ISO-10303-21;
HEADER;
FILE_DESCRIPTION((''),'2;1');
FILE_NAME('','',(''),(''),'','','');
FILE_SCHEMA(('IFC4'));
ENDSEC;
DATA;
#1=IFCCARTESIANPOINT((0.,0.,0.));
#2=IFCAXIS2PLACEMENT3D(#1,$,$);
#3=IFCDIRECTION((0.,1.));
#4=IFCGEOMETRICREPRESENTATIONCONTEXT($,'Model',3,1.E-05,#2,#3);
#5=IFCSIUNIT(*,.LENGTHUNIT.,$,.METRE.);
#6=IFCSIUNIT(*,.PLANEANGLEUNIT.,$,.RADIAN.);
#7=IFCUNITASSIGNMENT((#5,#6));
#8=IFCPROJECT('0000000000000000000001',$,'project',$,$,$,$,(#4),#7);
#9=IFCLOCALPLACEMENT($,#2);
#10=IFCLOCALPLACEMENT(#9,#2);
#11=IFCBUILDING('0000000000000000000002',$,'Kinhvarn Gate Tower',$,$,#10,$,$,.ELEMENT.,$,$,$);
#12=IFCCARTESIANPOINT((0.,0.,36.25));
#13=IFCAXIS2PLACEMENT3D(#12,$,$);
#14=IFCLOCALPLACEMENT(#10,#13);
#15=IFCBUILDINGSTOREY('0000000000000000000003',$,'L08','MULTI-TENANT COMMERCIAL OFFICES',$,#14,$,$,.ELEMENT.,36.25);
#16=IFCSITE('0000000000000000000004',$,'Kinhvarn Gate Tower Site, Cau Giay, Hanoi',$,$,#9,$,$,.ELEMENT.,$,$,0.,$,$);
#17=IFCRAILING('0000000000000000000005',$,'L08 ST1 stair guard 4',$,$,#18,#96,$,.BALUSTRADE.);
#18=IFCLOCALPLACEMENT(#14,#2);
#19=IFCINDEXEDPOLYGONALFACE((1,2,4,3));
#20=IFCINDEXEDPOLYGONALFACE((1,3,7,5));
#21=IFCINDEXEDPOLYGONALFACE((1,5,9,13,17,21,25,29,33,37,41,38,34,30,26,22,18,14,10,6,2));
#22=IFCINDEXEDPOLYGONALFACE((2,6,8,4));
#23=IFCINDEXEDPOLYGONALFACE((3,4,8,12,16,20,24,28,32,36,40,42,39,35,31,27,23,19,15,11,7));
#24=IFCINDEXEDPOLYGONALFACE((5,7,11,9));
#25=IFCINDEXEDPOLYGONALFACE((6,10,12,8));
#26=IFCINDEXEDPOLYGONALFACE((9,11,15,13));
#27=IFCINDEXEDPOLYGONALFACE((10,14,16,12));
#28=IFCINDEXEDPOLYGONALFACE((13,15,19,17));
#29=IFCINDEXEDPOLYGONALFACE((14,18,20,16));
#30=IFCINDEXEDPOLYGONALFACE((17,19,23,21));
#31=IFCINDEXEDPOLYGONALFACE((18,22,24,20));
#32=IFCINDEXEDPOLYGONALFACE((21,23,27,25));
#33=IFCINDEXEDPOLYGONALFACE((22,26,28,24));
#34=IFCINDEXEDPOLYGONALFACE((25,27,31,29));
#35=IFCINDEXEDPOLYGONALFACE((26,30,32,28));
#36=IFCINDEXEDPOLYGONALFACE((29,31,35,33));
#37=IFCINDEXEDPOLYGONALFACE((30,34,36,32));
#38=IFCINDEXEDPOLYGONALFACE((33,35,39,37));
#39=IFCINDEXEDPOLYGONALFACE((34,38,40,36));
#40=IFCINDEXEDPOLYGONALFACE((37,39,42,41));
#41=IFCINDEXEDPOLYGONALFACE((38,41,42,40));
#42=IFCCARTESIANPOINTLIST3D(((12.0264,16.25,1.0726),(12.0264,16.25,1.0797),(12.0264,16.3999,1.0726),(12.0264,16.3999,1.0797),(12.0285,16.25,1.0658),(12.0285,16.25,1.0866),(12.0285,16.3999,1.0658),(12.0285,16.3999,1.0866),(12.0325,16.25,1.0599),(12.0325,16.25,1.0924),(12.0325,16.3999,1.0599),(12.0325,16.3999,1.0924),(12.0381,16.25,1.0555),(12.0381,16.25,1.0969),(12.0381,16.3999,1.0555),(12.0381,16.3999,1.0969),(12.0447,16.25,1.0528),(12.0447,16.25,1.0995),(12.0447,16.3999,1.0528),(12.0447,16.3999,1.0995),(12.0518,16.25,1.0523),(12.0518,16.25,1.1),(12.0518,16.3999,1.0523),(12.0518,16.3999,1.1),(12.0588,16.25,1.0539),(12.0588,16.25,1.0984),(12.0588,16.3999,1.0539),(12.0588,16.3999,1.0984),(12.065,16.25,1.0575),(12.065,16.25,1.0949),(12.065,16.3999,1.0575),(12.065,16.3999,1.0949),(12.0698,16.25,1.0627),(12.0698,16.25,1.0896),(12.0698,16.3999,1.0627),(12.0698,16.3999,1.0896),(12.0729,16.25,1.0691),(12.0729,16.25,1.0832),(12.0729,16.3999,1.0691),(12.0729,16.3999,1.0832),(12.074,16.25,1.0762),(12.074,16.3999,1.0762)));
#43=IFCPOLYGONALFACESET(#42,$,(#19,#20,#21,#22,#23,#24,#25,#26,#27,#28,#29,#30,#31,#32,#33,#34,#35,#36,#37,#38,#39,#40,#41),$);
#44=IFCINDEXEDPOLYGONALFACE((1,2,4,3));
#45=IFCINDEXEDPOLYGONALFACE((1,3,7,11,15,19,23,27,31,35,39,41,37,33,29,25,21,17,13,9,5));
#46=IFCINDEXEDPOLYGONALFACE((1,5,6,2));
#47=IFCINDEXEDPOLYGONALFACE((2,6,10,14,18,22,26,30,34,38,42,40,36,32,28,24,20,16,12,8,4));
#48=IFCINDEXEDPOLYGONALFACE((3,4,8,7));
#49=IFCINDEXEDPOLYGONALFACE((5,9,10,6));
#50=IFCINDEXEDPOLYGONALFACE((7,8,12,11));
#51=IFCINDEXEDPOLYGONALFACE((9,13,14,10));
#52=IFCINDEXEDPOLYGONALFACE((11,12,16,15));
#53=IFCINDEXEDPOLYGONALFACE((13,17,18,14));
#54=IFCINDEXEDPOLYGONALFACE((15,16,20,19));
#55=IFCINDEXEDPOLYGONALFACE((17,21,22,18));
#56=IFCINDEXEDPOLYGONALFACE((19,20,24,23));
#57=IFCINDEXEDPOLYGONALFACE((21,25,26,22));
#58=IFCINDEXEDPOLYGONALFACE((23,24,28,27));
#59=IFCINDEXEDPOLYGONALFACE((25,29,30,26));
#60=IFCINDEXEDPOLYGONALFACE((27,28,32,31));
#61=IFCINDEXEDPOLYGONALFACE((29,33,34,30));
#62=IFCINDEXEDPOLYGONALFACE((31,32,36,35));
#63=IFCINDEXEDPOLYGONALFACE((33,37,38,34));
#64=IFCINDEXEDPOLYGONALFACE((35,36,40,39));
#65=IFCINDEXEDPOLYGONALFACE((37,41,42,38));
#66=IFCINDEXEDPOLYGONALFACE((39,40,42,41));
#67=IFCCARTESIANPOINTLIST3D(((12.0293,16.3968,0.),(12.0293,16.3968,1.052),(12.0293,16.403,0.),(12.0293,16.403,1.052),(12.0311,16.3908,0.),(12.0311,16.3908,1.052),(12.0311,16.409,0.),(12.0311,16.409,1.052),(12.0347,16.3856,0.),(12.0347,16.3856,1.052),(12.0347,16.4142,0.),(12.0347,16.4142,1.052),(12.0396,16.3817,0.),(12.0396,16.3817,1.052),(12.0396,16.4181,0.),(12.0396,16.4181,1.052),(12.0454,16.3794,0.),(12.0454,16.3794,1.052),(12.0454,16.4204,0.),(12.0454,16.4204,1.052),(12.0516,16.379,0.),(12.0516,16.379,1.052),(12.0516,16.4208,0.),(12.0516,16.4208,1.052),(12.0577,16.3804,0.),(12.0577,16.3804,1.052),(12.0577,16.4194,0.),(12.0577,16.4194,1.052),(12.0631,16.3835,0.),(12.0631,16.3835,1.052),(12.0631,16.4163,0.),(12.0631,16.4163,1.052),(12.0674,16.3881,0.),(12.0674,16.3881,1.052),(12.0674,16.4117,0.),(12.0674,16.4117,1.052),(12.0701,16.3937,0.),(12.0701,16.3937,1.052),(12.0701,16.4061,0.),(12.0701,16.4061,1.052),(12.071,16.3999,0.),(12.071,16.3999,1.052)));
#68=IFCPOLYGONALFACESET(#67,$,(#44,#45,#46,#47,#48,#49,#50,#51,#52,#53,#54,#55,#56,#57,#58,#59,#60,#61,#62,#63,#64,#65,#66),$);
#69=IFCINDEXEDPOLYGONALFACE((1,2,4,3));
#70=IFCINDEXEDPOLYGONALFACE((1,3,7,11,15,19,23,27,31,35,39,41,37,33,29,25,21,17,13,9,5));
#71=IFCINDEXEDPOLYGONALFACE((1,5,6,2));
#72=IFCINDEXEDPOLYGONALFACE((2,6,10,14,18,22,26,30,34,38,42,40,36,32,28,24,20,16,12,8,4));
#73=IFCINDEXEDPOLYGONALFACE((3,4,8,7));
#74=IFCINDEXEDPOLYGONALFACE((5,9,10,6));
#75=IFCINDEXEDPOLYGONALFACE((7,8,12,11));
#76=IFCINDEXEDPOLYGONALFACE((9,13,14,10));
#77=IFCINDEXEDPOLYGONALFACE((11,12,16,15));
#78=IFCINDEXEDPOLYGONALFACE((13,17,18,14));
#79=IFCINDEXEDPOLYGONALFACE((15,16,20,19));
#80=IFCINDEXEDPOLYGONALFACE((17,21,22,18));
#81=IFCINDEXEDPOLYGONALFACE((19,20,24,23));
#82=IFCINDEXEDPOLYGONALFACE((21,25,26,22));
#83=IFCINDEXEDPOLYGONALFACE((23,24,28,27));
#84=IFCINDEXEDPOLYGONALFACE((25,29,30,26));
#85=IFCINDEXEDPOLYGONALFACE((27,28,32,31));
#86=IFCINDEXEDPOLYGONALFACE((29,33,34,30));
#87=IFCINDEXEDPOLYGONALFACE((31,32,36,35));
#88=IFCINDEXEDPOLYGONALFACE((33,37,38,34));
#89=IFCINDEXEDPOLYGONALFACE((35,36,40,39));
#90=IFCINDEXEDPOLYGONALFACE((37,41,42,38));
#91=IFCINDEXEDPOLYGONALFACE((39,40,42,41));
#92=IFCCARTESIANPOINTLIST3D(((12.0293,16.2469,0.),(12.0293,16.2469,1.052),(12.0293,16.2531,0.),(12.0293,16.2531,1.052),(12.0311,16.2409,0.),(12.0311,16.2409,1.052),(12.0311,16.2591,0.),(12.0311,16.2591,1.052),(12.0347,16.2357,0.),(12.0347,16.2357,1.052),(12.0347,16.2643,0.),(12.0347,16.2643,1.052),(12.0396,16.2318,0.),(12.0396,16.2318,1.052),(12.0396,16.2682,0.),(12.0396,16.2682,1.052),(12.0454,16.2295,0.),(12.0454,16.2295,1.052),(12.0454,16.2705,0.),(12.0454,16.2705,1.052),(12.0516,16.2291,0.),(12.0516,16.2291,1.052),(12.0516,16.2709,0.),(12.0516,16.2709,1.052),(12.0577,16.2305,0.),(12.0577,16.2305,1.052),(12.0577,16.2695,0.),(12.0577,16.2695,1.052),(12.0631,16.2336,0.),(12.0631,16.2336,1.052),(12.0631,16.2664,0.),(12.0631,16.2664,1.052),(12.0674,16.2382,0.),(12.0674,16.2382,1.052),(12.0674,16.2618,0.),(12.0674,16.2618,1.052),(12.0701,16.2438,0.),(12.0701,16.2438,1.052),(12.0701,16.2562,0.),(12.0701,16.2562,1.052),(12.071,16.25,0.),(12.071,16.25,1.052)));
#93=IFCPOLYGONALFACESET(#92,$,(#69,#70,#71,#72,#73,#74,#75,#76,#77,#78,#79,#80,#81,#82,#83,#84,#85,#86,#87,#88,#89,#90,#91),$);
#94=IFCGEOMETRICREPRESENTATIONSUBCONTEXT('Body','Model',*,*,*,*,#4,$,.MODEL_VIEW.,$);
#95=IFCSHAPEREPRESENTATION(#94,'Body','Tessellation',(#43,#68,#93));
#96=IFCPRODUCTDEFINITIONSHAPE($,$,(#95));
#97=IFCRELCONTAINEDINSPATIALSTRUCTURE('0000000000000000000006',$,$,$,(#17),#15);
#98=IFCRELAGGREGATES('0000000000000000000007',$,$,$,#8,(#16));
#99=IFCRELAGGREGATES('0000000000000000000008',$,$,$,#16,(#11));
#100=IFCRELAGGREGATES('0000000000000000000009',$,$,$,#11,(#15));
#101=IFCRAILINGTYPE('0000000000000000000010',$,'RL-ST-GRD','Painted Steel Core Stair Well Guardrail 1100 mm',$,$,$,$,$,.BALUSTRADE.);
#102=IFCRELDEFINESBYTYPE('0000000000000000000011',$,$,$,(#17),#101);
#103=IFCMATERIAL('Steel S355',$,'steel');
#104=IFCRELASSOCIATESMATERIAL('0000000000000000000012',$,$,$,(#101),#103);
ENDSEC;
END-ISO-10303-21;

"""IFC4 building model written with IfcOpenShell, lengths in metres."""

from ifc_helpers import new_model, si_unit, direction, frame, origin, origin_2d, place, context, subcontext, project, spatial, circle, extrude, material, type_object, element, save


model = new_model("IFC4")

# Units and contexts
model_context = context("Model", 3, precision=1e-05, world=origin(), true_north=direction((0.0, 1.0)))
body_context = subcontext(model_context, "Body", "Model", "MODEL_VIEW")
ifc_project = project(units=[si_unit("LENGTHUNIT", "METRE"), si_unit("PLANEANGLEUNIT", "RADIAN")], contexts=[model_context])

# Site, building, storey
site_placement = place(None, origin())
site = spatial("IfcSite", under=ifc_project, at=site_placement, Name="Kinhvarn Gate Tower Site, Cau Giay, Hanoi", CompositionType="ELEMENT", RefElevation=0.0)
building_placement = place(site_placement, origin())
building = spatial("IfcBuilding", under=site, at=building_placement, Name="Kinhvarn Gate Tower", CompositionType="ELEMENT")
storey_placement = place(building_placement, frame((0.0, 0.0, 36.25)))
storey = spatial("IfcBuildingStorey", under=building, at=storey_placement, Name="L08", Description="MULTI-TENANT COMMERCIAL OFFICES", CompositionType="ELEMENT", Elevation=36.25)

# Shared definitions
ifc_material_1 = material(Name="Steel S355", Category="steel")

# Railing
railing_type_1 = type_object("IfcRailingType", Name="RL-ST-GRD", Description="Painted Steel Core Stair Well Guardrail 1100 mm", PredefinedType="BALUSTRADE", material=ifc_material_1)
railing_1_placement = place(storey_placement, frame((12.05, 16.3999, 0.0)))
element("IfcRailing", 1, at=railing_1_placement, inside=storey, type_object=railing_type_1, Name="L08 ST1 stair guard 4", PredefinedType="BALUSTRADE", context=body_context, shape_type="SweptSolid", body=[
    extrude(circle(Radius=0.0239, at=origin_2d()), frame((0.0, 0.0, 1.0762), z_axis=(0.0, -1.0, 0.0), x_axis=(1.0, 0.0, 0.0)), (0.0, 0.0, 1.0), 0.1499),
    extrude(circle(Radius=0.021, at=origin_2d()), origin(), (0.0, 0.0, 1.0), 1.052),
    extrude(circle(Radius=0.021, at=origin_2d()), frame((0.0, -0.1499, 0.0)), (0.0, 0.0, 1.0), 1.052),
])

save(model, "model.ifc")
